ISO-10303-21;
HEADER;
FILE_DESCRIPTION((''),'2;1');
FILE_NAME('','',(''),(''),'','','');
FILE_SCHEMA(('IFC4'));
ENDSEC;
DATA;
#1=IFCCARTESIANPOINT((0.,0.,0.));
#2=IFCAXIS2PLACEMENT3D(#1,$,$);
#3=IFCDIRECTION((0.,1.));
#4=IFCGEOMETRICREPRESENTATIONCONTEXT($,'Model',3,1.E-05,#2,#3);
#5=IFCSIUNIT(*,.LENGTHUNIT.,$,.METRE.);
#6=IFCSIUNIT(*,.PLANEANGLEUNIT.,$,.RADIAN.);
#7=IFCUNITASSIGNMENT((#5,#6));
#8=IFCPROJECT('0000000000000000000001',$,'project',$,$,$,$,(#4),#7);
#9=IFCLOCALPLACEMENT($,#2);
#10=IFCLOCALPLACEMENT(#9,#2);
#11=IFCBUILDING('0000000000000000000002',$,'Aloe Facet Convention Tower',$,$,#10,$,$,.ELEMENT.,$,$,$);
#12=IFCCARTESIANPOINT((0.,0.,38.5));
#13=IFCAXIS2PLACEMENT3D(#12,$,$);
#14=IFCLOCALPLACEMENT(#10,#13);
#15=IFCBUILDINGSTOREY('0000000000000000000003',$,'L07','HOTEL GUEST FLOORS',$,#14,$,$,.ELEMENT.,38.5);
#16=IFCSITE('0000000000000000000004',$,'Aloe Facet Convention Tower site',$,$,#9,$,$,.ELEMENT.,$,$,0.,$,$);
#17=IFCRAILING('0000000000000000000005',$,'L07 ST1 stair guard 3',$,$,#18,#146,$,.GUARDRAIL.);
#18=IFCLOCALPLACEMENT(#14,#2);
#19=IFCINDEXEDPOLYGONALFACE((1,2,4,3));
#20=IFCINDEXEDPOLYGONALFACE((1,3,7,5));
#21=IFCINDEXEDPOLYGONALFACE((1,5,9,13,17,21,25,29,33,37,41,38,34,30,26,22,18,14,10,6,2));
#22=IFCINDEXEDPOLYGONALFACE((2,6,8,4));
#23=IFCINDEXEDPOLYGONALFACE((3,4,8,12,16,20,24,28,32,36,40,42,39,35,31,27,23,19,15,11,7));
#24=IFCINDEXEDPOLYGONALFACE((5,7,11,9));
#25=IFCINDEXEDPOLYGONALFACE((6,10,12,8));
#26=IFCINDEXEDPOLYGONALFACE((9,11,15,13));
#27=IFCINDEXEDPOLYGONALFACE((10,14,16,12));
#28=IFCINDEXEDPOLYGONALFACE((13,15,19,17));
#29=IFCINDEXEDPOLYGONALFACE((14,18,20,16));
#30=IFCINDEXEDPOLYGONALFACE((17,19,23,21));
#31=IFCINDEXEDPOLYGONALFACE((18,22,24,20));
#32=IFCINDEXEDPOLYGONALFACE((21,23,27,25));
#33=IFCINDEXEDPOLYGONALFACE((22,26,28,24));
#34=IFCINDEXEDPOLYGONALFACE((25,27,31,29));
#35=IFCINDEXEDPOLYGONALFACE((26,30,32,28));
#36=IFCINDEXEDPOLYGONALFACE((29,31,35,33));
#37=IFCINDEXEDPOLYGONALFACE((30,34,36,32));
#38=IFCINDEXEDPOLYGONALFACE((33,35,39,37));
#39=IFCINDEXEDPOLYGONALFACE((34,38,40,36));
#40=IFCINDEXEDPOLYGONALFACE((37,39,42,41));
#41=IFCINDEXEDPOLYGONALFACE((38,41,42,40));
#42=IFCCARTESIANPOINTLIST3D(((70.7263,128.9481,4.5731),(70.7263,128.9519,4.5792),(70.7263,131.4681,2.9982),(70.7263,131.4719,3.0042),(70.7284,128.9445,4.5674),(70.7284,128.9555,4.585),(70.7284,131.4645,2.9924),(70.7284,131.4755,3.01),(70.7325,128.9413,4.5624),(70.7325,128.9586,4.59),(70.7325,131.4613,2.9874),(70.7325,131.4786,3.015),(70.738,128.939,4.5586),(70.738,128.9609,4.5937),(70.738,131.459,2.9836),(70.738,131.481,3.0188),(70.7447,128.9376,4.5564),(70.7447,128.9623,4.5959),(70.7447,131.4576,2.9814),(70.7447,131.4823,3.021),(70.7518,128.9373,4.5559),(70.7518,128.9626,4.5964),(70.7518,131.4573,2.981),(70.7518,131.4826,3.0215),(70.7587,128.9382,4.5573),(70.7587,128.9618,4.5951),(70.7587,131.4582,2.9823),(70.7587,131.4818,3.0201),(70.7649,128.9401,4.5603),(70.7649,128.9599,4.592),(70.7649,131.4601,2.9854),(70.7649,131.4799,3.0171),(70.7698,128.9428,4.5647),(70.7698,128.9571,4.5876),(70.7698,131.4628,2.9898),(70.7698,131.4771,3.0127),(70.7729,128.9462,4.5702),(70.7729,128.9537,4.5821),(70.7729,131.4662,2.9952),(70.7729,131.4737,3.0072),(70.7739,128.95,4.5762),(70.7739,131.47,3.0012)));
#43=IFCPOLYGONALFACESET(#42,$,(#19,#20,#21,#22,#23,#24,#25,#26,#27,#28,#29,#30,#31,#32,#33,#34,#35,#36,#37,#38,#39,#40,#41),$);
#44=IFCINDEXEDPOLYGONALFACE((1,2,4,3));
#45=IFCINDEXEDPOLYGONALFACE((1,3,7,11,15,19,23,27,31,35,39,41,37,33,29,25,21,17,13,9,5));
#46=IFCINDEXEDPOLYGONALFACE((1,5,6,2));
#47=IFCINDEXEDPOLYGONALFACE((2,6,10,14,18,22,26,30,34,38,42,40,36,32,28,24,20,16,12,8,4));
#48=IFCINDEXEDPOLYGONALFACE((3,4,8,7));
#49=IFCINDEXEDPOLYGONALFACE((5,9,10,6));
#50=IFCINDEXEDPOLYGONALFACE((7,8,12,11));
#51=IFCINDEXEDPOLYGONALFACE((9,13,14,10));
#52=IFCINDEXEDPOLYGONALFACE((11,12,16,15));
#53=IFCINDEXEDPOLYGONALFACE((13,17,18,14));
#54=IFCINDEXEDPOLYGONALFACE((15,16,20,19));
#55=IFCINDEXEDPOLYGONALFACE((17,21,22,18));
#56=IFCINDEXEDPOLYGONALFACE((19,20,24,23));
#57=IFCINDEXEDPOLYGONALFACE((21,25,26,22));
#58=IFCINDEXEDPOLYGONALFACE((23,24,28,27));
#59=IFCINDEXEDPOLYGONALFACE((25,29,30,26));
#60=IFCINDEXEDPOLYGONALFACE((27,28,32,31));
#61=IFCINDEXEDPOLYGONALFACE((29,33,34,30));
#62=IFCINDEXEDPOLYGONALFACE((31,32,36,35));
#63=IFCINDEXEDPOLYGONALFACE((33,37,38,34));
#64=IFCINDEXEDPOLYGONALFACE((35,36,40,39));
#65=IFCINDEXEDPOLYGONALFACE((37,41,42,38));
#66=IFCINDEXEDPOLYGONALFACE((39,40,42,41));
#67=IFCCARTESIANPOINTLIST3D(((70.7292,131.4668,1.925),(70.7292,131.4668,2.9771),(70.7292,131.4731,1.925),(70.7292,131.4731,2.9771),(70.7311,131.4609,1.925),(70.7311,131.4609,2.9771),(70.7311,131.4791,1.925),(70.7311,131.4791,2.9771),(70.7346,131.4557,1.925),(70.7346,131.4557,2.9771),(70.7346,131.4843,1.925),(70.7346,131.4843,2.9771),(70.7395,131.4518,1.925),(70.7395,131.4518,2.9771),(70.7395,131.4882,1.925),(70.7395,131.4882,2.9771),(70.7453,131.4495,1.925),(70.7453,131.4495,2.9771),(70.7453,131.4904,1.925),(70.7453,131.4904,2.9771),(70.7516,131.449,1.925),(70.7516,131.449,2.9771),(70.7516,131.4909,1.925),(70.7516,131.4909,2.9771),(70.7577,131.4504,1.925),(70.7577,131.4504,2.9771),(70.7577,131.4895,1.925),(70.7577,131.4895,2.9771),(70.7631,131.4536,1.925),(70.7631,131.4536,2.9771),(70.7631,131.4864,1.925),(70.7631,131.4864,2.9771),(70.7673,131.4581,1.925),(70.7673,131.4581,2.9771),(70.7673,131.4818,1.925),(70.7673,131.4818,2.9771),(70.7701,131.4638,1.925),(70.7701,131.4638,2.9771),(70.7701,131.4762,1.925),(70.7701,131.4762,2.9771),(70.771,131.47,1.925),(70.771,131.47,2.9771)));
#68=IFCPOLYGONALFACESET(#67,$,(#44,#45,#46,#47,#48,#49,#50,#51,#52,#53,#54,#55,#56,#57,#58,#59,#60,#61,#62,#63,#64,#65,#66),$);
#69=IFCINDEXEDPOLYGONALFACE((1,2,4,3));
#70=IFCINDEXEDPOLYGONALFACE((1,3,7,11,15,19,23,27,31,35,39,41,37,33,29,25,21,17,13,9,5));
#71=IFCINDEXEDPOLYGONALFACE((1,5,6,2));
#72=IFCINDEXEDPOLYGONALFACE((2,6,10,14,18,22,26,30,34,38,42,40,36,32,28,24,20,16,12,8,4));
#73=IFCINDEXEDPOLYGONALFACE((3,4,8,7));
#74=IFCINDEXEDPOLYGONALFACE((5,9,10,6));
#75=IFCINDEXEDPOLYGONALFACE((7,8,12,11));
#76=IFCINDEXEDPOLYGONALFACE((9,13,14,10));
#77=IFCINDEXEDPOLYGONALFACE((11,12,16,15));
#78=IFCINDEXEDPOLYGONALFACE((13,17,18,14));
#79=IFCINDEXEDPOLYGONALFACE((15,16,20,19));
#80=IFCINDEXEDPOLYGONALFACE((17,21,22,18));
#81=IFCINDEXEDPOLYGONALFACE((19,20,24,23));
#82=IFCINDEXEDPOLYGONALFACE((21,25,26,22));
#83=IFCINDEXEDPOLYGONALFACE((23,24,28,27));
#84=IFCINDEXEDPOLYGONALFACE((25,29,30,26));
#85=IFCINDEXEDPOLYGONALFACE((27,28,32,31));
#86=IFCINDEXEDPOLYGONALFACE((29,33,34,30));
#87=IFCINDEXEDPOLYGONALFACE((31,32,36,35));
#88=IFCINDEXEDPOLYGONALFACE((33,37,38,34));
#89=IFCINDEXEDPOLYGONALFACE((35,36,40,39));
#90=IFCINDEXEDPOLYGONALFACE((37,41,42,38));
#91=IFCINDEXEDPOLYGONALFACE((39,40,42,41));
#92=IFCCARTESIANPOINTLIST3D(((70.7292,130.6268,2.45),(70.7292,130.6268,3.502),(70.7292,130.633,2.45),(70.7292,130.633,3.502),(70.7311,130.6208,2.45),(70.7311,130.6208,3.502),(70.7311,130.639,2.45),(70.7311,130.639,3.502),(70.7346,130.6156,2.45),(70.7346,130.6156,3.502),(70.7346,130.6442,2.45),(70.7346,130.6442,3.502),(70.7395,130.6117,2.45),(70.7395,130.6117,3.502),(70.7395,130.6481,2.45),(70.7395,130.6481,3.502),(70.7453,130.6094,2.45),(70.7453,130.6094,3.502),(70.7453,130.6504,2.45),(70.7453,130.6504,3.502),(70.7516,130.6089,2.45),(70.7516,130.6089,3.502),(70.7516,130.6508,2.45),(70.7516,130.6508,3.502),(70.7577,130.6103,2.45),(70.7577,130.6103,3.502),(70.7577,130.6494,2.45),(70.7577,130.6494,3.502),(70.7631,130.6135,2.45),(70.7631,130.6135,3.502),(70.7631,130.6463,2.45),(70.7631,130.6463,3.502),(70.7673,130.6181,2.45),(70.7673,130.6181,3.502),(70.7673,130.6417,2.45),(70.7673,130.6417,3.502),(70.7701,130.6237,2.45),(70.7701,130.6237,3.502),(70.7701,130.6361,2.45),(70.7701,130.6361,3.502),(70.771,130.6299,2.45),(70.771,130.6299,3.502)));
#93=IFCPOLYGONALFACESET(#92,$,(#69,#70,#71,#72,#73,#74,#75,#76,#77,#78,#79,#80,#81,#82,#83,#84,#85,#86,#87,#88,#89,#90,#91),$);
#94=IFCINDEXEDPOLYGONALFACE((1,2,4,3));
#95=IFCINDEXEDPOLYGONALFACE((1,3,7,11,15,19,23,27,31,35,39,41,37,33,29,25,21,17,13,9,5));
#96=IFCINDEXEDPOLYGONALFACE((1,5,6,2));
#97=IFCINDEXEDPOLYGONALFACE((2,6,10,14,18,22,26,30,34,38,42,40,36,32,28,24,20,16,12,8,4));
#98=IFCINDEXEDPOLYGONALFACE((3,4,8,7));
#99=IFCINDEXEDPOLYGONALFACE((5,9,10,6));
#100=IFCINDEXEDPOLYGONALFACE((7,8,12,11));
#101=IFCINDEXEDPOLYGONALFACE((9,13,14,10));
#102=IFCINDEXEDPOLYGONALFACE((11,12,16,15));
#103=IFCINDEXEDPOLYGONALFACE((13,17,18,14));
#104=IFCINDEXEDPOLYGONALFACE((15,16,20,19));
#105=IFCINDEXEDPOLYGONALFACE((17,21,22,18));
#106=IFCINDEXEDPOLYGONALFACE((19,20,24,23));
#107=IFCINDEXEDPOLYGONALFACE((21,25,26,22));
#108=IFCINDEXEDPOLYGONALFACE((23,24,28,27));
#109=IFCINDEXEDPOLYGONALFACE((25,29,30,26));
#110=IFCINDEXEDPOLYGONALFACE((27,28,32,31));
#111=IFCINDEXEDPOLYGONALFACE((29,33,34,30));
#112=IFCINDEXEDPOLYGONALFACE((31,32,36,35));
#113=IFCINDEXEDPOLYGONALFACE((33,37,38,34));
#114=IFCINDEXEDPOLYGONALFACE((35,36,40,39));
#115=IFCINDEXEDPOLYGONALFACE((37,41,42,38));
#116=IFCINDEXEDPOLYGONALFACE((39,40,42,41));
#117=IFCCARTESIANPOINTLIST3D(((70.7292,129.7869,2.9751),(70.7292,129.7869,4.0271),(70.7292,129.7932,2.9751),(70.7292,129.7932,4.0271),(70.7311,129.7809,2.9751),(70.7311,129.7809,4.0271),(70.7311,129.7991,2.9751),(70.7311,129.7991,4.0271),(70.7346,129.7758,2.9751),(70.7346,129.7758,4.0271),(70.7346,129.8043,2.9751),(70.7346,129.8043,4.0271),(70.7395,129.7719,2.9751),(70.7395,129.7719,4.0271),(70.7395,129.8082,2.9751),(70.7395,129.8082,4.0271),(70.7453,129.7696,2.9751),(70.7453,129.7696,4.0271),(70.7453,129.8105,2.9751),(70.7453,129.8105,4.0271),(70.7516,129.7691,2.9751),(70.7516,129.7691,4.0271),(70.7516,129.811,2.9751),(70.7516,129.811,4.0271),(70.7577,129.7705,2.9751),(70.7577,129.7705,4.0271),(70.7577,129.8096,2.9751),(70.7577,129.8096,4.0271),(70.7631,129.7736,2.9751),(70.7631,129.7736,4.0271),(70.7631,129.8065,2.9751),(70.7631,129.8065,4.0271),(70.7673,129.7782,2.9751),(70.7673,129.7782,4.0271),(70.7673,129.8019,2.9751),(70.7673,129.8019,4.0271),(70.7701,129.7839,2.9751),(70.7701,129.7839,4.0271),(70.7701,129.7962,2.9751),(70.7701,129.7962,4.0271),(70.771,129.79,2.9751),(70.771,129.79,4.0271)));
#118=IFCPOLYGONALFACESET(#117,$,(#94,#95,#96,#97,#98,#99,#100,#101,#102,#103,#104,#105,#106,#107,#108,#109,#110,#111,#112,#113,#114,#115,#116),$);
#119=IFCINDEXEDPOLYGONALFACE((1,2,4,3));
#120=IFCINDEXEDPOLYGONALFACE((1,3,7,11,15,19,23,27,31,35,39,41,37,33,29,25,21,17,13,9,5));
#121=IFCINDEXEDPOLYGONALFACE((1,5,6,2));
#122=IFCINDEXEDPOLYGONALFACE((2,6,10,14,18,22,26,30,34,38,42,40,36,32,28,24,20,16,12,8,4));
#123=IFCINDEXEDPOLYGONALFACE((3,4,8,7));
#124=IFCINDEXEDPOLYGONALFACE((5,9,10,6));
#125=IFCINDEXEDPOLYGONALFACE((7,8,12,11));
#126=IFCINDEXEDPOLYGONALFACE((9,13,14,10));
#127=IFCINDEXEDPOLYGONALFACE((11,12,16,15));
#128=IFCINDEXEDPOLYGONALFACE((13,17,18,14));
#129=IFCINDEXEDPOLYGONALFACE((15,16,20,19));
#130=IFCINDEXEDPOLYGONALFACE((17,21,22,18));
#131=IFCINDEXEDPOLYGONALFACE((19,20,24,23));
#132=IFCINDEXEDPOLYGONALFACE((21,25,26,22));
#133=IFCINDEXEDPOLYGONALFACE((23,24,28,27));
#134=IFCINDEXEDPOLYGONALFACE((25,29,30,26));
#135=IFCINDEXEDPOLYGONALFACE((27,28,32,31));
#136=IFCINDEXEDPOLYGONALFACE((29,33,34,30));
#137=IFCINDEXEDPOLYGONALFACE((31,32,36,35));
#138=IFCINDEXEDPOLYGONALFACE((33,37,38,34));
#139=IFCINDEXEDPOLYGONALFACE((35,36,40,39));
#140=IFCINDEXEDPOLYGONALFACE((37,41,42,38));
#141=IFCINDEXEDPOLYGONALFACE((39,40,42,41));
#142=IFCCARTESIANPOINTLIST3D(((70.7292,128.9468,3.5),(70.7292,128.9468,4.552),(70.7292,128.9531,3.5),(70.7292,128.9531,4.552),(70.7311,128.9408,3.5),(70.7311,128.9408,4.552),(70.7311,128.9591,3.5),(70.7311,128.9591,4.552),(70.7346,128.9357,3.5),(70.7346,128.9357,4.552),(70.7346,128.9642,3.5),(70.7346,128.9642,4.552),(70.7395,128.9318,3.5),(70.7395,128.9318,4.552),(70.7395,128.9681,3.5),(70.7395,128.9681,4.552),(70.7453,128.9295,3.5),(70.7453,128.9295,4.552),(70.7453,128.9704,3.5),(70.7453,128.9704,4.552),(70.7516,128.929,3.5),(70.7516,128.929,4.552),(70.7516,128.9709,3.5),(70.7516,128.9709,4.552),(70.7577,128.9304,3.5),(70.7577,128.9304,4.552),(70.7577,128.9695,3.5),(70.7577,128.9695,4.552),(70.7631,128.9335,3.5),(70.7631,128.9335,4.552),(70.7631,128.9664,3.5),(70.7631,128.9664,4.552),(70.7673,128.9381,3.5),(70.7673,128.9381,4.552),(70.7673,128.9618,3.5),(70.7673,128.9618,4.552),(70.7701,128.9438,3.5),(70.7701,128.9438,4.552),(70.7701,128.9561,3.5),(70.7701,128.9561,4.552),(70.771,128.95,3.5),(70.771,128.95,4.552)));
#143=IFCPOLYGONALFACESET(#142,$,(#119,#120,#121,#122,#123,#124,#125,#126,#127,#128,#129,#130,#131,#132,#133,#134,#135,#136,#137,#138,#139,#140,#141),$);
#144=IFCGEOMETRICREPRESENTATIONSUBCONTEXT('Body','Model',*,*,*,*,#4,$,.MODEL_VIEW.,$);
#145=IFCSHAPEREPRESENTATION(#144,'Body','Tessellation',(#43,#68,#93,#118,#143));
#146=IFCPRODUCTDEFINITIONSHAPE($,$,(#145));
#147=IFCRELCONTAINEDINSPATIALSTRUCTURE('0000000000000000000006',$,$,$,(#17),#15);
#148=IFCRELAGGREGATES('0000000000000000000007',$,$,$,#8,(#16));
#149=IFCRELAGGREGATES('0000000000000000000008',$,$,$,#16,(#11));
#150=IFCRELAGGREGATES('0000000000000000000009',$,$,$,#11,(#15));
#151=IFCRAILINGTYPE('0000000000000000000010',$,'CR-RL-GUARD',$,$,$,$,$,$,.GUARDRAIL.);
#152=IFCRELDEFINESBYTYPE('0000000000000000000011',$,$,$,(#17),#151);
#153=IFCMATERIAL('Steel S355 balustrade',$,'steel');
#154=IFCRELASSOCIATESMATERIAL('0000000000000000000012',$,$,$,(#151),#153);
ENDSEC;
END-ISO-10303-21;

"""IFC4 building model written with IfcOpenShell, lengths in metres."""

from ifc_helpers import new_model, si_unit, direction, frame, origin, origin_2d, place, context, subcontext, project, spatial, circle, extrude, material, type_object, element, save


model = new_model("IFC4")

# Units and contexts
model_context = context("Model", 3, precision=1e-05, world=origin(), true_north=direction((0.0, 1.0)))
body_context = subcontext(model_context, "Body", "Model", "MODEL_VIEW")
ifc_project = project(units=[si_unit("LENGTHUNIT", "METRE"), si_unit("PLANEANGLEUNIT", "RADIAN")], contexts=[model_context])

# Site, building, storey
site_placement = place(None, origin())
site = spatial("IfcSite", under=ifc_project, at=site_placement, Name="Aloe Facet Convention Tower site", CompositionType="ELEMENT", RefElevation=0.0)
building_placement = place(site_placement, origin())
building = spatial("IfcBuilding", under=site, at=building_placement, Name="Aloe Facet Convention Tower", CompositionType="ELEMENT")
storey_placement = place(building_placement, frame((0.0, 0.0, 38.5)))
storey = spatial("IfcBuildingStorey", under=building, at=storey_placement, Name="L07", Description="HOTEL GUEST FLOORS", CompositionType="ELEMENT", Elevation=38.5)

# Railing
ifc_material_1 = material(Name="Steel S355 balustrade", Category="steel")
railing_type_1 = type_object("IfcRailingType", Name="CR-RL-GUARD", PredefinedType="GUARDRAIL", material=ifc_material_1)
railing_1_placement = place(storey_placement, frame((70.75, 131.47, 1.925)))
element("IfcRailing", 1, at=railing_1_placement, inside=storey, type_object=railing_type_1, Name="L07 ST1 stair guard 3", PredefinedType="GUARDRAIL", context=body_context, shape_type="SweptSolid", body=[
    extrude(circle(Radius=0.0239, at=origin_2d()), frame((0.0, 0.0, 1.0762), z_axis=(0.0, -0.848008, 0.529984), x_axis=(1.0, 0.0, 0.0)), (0.0, 0.0, 1.0), 2.9717),
    extrude(circle(Radius=0.021, at=origin_2d()), origin(), (0.0, 0.0, 1.0), 1.052),
    extrude(circle(Radius=0.021, at=origin_2d()), frame((0.0, -0.8401, 0.5249)), (0.0, 0.0, 1.0), 1.052),
    extrude(circle(Radius=0.021, at=origin_2d()), frame((0.0, -1.6799, 1.05)), (0.0, 0.0, 1.0), 1.052),
    extrude(circle(Radius=0.021, at=origin_2d()), frame((0.0, -2.52, 1.575)), (0.0, 0.0, 1.0), 1.052),
])

save(model, "model.ifc")
